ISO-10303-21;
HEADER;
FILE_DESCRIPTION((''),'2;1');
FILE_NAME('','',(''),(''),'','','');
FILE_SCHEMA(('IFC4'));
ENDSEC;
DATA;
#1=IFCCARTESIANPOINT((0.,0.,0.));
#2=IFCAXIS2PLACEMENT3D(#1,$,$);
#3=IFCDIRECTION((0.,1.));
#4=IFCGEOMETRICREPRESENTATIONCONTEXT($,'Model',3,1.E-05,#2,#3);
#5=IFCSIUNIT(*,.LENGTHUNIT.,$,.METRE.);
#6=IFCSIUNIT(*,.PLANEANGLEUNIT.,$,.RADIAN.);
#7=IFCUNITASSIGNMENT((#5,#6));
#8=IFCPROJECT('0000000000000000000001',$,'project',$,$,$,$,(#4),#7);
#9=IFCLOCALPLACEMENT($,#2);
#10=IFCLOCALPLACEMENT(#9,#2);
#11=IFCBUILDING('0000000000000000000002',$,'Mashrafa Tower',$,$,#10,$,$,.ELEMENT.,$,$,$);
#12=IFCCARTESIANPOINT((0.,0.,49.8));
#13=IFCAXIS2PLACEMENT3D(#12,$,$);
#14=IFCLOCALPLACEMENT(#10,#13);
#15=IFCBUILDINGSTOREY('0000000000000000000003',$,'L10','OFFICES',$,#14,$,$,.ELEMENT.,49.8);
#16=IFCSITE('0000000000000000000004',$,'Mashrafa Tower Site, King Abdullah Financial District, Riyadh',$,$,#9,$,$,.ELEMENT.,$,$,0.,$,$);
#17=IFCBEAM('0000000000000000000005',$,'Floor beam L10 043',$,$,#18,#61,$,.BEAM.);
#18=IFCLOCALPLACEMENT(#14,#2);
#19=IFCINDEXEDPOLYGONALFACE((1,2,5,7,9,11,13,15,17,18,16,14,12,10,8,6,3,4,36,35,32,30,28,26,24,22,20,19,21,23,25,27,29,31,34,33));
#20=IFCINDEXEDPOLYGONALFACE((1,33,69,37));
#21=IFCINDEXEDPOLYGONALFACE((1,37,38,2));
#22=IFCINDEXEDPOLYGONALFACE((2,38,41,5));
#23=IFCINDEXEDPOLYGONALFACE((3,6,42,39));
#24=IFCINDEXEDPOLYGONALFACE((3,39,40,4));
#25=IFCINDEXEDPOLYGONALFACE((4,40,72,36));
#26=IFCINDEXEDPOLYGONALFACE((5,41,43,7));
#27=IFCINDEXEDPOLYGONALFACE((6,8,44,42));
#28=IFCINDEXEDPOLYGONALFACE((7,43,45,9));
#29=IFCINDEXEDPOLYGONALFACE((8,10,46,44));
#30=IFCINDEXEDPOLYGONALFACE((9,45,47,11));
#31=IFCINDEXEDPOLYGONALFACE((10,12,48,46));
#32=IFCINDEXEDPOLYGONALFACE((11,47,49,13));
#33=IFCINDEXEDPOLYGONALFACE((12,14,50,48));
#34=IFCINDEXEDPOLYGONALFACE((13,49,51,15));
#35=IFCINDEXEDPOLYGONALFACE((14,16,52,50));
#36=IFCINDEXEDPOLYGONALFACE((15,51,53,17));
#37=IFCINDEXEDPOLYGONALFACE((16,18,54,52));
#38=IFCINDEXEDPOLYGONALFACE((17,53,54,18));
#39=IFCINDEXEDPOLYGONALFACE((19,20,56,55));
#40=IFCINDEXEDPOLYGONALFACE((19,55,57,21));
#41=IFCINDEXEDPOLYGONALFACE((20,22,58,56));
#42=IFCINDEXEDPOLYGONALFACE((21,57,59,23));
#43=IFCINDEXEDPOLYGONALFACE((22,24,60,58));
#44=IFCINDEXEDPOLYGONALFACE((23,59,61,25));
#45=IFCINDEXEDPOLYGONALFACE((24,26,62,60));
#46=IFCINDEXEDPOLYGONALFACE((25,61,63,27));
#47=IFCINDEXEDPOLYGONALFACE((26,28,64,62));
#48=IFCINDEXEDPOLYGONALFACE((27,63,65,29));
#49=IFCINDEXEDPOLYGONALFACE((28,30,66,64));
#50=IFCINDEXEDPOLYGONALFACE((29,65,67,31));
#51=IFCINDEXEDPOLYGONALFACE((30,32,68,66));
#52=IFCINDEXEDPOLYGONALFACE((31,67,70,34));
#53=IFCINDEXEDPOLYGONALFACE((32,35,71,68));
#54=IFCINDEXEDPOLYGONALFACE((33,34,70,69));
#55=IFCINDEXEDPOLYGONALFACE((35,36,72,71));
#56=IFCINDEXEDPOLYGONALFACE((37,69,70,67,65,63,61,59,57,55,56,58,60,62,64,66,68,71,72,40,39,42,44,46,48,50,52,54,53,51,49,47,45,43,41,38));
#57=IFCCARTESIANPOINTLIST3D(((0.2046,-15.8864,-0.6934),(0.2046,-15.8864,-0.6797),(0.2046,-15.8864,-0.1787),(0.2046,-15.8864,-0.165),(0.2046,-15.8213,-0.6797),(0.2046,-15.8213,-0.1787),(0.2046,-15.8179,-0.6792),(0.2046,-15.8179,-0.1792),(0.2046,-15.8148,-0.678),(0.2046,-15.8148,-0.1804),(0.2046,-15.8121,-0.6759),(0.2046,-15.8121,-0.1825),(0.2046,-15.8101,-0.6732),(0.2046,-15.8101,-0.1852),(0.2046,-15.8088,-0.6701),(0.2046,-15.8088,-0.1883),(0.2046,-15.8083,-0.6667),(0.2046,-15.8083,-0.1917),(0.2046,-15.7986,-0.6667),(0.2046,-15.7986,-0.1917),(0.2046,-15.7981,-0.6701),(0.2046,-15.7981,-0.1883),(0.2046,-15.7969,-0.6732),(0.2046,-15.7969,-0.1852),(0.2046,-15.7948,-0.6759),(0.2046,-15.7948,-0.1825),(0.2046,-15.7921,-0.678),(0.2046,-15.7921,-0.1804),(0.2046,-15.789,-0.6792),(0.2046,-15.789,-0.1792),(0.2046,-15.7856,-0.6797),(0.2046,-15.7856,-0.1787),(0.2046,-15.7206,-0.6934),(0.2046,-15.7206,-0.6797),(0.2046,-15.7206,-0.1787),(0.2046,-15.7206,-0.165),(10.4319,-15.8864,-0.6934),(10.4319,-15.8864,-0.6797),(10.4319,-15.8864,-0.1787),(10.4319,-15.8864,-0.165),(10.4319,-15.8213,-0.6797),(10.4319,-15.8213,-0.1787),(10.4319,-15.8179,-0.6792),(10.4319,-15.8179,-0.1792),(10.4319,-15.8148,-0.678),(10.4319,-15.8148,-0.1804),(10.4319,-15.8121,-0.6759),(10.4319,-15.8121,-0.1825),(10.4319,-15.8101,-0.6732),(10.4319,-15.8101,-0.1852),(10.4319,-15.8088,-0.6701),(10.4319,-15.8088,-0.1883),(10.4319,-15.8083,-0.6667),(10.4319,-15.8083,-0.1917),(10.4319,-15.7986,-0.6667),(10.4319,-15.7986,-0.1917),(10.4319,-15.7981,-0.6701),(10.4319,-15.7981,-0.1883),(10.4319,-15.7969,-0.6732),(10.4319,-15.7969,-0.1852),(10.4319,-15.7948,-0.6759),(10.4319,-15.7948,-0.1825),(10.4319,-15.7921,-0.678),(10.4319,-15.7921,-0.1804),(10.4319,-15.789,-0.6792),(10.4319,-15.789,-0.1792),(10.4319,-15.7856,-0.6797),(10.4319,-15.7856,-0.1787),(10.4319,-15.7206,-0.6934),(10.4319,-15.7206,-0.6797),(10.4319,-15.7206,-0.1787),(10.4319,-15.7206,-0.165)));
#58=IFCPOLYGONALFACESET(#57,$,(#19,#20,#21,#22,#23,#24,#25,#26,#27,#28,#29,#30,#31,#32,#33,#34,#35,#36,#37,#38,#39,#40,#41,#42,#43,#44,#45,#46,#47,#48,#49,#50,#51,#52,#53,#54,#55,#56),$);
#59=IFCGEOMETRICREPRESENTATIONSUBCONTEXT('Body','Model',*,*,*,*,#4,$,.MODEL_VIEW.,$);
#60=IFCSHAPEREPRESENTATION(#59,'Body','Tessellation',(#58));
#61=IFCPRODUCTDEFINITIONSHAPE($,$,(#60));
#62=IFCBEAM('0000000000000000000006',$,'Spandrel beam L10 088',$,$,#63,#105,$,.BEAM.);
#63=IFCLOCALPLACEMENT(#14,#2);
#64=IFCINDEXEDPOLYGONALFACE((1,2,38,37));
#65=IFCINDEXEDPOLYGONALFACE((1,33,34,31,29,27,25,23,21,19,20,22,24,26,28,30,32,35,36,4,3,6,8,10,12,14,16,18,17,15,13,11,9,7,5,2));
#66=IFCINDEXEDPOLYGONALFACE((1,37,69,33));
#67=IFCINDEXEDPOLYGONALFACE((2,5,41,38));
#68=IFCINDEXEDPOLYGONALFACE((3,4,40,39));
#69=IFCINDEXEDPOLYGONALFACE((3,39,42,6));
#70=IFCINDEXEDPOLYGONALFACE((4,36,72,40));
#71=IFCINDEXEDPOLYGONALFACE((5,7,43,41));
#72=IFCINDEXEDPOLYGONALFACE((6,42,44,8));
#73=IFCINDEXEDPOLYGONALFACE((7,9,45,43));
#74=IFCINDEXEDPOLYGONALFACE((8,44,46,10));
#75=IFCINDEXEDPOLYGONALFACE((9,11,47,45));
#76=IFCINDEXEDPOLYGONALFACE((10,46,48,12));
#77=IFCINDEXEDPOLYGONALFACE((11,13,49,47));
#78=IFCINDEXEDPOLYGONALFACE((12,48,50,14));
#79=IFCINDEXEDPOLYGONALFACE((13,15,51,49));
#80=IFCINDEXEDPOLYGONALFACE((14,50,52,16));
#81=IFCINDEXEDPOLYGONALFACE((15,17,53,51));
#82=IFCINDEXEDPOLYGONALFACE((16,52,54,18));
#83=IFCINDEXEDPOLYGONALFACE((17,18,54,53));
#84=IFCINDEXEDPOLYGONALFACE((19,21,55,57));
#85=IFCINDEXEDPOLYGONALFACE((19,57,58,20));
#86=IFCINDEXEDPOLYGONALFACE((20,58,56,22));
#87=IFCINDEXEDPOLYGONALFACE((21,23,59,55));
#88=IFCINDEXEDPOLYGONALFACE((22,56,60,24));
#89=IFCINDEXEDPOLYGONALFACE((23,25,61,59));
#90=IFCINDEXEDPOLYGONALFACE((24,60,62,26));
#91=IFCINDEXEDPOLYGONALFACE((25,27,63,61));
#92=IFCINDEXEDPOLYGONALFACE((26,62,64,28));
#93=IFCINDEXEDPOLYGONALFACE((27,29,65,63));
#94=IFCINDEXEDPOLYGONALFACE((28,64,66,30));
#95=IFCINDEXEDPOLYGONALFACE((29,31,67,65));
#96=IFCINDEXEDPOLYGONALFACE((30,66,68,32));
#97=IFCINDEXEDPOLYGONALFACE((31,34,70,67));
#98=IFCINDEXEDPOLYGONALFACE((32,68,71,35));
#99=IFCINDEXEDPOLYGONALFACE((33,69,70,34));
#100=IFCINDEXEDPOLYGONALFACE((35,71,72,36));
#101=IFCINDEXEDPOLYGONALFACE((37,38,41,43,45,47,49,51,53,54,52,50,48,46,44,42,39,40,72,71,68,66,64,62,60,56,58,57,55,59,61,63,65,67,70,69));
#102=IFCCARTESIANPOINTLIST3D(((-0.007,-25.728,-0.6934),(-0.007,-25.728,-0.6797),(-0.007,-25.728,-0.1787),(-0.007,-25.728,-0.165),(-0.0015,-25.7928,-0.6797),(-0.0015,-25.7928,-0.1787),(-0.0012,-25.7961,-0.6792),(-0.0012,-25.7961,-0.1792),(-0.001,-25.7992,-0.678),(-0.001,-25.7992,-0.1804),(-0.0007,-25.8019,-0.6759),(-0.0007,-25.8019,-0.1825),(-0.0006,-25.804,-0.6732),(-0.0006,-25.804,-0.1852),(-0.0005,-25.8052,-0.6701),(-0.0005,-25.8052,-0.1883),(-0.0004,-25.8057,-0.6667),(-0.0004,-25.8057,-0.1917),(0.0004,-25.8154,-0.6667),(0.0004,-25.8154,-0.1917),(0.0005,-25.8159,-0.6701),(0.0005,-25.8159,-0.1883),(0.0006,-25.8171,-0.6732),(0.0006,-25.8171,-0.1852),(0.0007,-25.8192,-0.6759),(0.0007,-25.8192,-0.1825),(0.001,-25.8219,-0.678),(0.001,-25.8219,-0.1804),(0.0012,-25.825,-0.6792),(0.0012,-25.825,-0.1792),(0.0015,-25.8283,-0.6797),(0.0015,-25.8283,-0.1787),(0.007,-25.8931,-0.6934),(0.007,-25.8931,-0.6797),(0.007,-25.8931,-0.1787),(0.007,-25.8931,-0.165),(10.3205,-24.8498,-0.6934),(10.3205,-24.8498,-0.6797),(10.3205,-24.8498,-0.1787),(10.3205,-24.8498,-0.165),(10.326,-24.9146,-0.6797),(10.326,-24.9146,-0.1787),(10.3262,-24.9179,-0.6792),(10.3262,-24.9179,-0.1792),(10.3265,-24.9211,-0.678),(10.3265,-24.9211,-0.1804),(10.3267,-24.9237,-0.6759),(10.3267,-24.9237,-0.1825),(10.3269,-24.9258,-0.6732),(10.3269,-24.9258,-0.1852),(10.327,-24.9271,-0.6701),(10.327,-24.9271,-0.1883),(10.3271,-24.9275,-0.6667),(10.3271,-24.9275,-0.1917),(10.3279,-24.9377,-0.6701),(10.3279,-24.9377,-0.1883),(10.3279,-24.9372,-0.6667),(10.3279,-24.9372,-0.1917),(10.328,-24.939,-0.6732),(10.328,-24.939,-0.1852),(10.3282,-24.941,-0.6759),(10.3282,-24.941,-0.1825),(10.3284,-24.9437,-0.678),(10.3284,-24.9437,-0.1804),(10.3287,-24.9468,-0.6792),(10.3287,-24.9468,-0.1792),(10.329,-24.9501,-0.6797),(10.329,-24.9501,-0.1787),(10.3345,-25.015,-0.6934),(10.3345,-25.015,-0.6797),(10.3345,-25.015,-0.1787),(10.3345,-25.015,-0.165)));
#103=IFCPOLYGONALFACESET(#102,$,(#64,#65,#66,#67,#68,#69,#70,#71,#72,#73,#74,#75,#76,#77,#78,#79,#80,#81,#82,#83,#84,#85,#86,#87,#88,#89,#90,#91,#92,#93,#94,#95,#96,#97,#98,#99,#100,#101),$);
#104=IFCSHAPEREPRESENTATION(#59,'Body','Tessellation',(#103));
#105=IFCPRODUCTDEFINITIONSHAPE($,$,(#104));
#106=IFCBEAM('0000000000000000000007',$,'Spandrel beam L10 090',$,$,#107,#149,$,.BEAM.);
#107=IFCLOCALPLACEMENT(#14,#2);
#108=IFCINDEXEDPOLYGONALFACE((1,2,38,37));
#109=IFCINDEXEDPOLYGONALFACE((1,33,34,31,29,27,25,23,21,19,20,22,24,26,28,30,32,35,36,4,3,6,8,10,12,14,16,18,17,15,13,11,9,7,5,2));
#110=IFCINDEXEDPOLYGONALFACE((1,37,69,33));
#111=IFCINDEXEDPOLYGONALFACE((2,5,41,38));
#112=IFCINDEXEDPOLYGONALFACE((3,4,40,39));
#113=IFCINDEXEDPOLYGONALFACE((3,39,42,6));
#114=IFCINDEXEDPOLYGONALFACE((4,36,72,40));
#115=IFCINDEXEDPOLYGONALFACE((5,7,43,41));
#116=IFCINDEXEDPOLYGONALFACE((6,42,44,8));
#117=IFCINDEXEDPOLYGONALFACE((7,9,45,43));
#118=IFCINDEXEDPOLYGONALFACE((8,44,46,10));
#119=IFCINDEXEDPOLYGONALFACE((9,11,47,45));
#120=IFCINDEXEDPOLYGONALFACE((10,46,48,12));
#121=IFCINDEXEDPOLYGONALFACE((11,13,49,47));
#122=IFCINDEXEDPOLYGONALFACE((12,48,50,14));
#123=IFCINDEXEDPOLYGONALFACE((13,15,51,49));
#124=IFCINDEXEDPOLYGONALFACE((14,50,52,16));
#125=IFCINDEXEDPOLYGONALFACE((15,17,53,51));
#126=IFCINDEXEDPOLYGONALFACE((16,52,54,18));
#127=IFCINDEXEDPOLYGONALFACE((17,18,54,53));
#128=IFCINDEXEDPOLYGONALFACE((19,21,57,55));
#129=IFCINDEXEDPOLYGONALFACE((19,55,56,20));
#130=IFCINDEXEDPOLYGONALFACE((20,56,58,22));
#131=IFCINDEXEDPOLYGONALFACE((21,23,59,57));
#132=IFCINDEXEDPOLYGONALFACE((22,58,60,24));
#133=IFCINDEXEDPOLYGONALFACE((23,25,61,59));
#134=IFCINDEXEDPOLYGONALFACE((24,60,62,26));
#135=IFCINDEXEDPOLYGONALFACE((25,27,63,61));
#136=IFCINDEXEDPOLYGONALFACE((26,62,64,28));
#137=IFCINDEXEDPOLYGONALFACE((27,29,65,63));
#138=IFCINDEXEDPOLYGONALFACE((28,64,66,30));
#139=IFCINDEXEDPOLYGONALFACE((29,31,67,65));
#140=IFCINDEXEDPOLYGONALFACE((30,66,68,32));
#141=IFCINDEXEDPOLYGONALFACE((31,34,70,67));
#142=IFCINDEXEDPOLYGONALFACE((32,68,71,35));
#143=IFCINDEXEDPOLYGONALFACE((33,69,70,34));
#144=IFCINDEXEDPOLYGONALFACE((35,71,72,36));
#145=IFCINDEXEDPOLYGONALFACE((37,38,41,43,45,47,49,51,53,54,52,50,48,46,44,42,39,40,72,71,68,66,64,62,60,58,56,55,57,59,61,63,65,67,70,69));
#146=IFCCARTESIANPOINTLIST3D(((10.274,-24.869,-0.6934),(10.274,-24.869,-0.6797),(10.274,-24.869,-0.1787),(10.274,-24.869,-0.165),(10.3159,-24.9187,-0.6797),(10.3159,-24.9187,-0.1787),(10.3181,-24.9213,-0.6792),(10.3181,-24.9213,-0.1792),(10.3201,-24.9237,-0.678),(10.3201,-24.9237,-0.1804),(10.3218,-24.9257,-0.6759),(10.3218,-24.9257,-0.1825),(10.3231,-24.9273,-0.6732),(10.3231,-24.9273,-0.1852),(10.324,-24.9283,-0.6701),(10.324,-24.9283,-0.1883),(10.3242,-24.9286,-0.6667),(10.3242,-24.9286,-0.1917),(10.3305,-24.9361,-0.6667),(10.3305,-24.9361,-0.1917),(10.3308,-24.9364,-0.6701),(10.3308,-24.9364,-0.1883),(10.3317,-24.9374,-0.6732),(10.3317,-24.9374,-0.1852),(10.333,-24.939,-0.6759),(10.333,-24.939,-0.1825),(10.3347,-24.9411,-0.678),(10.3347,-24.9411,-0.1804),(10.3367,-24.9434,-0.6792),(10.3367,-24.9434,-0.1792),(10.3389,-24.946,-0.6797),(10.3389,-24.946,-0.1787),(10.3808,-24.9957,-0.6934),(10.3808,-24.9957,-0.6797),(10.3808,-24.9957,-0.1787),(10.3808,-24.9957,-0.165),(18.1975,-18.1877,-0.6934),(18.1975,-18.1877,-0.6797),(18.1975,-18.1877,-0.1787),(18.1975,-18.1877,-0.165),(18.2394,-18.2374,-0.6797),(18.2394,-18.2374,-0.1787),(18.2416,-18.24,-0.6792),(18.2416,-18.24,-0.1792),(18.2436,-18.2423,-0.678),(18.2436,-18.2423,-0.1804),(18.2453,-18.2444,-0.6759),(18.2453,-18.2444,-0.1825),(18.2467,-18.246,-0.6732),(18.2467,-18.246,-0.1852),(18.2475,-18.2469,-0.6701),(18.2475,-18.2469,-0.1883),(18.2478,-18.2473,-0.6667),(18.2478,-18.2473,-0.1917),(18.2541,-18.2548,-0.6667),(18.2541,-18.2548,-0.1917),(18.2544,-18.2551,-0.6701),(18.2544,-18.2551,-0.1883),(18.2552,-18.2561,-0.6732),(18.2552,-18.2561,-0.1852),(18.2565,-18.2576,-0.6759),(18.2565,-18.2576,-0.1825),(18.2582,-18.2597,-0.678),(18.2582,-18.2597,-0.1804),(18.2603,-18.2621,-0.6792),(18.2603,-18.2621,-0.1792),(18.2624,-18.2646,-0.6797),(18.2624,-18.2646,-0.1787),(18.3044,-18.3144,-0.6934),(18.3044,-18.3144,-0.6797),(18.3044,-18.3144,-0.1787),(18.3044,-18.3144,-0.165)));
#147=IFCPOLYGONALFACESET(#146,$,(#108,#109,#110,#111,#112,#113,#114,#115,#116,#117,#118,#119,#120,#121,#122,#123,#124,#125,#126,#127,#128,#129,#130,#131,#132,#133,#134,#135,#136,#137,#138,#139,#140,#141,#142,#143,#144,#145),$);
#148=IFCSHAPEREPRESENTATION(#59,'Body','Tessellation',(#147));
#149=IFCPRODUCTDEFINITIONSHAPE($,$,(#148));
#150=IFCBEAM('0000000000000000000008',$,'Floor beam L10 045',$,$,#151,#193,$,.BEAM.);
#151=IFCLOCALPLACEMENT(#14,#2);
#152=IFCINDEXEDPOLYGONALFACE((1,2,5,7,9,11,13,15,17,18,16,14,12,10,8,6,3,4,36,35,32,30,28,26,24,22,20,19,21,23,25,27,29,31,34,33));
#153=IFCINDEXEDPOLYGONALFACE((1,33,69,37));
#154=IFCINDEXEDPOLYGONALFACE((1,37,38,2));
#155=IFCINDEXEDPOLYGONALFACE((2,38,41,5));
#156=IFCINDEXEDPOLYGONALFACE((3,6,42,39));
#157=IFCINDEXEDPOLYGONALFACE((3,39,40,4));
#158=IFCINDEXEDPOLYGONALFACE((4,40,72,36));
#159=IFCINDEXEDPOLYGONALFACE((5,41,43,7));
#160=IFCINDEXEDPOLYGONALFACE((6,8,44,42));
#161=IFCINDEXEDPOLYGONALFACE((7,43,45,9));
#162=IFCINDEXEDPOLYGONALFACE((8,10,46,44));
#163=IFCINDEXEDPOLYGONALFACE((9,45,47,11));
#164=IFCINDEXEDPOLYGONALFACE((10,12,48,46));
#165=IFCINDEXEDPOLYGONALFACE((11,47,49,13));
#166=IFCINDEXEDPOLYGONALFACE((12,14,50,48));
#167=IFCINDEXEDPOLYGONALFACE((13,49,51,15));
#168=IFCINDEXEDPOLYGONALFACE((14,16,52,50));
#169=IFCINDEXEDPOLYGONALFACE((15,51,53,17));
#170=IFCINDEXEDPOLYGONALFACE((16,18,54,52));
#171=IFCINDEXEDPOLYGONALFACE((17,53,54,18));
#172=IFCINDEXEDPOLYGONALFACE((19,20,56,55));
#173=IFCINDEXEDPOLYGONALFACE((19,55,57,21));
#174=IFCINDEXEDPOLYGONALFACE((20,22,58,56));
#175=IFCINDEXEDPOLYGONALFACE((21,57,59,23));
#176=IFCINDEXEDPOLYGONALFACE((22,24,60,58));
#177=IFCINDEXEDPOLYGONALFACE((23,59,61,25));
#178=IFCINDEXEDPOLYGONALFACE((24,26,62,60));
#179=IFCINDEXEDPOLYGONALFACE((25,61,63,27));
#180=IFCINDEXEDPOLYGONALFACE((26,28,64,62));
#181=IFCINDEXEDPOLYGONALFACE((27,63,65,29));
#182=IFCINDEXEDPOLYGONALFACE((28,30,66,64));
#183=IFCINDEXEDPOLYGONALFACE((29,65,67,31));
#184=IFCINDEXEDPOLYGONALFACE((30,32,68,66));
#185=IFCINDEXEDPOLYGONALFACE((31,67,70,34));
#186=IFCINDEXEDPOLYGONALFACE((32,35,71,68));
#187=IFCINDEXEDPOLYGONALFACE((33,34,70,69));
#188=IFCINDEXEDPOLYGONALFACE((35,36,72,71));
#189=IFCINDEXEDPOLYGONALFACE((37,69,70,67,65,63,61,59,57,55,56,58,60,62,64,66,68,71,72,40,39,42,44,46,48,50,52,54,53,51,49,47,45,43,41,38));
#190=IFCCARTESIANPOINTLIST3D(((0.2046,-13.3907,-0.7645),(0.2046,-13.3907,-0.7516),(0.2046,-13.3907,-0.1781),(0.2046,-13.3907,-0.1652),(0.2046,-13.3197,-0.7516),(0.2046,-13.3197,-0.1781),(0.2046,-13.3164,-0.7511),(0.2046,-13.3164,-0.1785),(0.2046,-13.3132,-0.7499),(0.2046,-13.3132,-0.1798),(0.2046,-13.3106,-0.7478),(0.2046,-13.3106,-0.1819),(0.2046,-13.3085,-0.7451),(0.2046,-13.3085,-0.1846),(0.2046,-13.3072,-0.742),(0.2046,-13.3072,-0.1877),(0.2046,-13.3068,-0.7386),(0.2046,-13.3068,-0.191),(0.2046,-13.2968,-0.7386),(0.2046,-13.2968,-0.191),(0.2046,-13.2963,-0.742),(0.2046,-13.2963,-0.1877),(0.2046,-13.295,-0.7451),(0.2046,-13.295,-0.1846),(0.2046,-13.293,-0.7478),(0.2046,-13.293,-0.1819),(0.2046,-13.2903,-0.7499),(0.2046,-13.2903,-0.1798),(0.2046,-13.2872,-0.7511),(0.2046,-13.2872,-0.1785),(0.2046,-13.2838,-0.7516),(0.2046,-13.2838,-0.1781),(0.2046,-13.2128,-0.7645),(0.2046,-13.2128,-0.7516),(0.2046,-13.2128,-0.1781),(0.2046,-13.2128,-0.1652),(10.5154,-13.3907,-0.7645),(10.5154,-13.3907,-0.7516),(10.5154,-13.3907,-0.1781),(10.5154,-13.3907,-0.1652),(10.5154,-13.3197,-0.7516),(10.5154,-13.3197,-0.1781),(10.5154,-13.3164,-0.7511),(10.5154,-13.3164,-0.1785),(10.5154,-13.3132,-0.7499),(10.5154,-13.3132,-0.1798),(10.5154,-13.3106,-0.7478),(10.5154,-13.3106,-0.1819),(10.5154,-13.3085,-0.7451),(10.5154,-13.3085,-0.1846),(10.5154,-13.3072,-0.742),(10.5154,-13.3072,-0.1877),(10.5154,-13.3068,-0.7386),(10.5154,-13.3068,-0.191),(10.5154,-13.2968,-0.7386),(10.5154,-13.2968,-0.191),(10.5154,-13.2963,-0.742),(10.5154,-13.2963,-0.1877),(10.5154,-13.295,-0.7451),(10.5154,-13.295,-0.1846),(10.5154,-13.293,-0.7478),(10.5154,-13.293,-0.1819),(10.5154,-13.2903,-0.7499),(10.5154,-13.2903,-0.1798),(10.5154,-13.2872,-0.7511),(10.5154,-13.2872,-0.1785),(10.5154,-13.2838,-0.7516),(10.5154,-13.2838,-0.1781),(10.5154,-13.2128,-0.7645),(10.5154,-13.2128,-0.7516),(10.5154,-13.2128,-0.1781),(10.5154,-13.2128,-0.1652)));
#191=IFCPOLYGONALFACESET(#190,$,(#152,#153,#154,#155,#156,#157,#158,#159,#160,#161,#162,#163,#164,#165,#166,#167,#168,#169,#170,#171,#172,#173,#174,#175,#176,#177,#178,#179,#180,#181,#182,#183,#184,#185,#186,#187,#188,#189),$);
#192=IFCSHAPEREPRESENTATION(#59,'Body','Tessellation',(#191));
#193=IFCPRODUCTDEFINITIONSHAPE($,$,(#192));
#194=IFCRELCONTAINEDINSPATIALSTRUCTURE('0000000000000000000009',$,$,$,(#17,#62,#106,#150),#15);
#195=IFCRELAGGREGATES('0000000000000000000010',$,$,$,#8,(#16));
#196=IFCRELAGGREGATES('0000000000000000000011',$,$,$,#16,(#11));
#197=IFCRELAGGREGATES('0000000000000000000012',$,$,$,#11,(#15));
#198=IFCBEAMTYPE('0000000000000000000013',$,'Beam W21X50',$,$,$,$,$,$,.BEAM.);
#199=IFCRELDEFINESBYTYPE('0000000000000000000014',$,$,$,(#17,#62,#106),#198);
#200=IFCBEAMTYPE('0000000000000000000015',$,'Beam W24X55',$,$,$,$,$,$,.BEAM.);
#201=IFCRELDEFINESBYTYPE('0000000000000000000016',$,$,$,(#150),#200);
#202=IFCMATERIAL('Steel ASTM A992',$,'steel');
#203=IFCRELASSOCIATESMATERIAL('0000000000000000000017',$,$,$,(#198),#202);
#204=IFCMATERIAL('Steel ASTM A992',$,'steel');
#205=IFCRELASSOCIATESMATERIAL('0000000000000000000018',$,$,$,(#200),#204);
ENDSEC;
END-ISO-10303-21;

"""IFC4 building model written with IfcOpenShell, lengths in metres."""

from ifc_helpers import new_model, si_unit, direction, frame, origin, origin_2d, place, context, subcontext, project, spatial, i_section, extrude, material, material_profile, profile_set, type_object, element, save


model = new_model("IFC4")

# Units and contexts
model_context = context("Model", 3, precision=1e-05, world=origin(), true_north=direction((0.0, 1.0)))
body_context = subcontext(model_context, "Body", "Model", "MODEL_VIEW")
ifc_project = project(units=[si_unit("LENGTHUNIT", "METRE"), si_unit("PLANEANGLEUNIT", "RADIAN")], contexts=[model_context])

# Site, building, storey
site_placement = place(None, origin())
site = spatial("IfcSite", under=ifc_project, at=site_placement, Name="Mashrafa Tower Site, King Abdullah Financial District, Riyadh", CompositionType="ELEMENT", RefElevation=0.0)
building_placement = place(site_placement, origin())
building = spatial("IfcBuilding", under=site, at=building_placement, Name="Mashrafa Tower", CompositionType="ELEMENT")
storey_placement = place(building_placement, frame((0.0, 0.0, 49.8)))
storey = spatial("IfcBuildingStorey", under=building, at=storey_placement, Name="L10", Description="OFFICES", CompositionType="ELEMENT", Elevation=49.8)

# Beams
ifc_material_1 = material(Name="Steel ASTM A992", Category="steel")
ifc_material_profile_1 = material_profile(ifc_material_1, i_section(OverallWidth=0.1658, OverallDepth=0.5283, WebThickness=0.0098, FlangeThickness=0.0137, FilletRadius=0.0129, at=origin_2d()), Name="W21X50")
ifc_profile_set_1 = profile_set([ifc_material_profile_1], Name="Steel ASTM A992")
beam_type_1 = type_object("IfcBeamType", Name="Beam W21X50", PredefinedType="BEAM", material=ifc_profile_set_1)
beam_1_placement = place(storey_placement, frame((10.4319, -15.8035, -0.4292), z_axis=(-1.0, 0.0, 0.0), x_axis=(0.0, -1.0, 0.0)))
element("IfcBeam", 1, at=beam_1_placement, inside=storey, type_object=beam_type_1, Name="Floor beam L10 043", PredefinedType="BEAM", context=body_context, shape_type="SweptSolid", body=[
    extrude(i_section(OverallWidth=0.1658, OverallDepth=0.5283, WebThickness=0.0098, FlangeThickness=0.0137, FilletRadius=0.0129, at=origin_2d()), origin(), (0.0, 0.0, 1.0), 10.2273),
])
beam_2_placement = place(storey_placement, frame((0.0, -25.8105, -0.4292), z_axis=(0.996404, 0.084728, 0.0), x_axis=(-0.084728, 0.996404, 0.0)))
element("IfcBeam", 2, at=beam_2_placement, inside=storey, type_object=beam_type_1, Name="Spandrel beam L10 088", PredefinedType="BEAM", context=body_context, shape_type="SweptSolid", body=[
    extrude(i_section(OverallWidth=0.1658, OverallDepth=0.5283, WebThickness=0.0098, FlangeThickness=0.0137, FilletRadius=0.0129, at=origin_2d()), origin(), (0.0, 0.0, 1.0), 10.3647),
])
beam_3_placement = place(storey_placement, frame((10.3274, -24.9324, -0.4292), z_axis=(0.764488, 0.644638, 0.0), x_axis=(-0.644638, 0.764488, 0.0)))
element("IfcBeam", 3, at=beam_3_placement, inside=storey, type_object=beam_type_1, Name="Spandrel beam L10 090", PredefinedType="BEAM", context=body_context, shape_type="SweptSolid", body=[
    extrude(i_section(OverallWidth=0.1658, OverallDepth=0.5283, WebThickness=0.0098, FlangeThickness=0.0137, FilletRadius=0.0129, at=origin_2d()), origin(), (0.0, 0.0, 1.0), 10.3645),
])
ifc_material_2 = material(Name="Steel ASTM A992", Category="steel")
ifc_material_profile_2 = material_profile(ifc_material_2, i_section(OverallWidth=0.178, OverallDepth=0.5994, WebThickness=0.01, FlangeThickness=0.0129, FilletRadius=0.0129, at=origin_2d()), Name="W24X55")
ifc_profile_set_2 = profile_set([ifc_material_profile_2], Name="Steel ASTM A992")
beam_type_2 = type_object("IfcBeamType", Name="Beam W24X55", PredefinedType="BEAM", material=ifc_profile_set_2)
beam_4_placement = place(storey_placement, frame((10.5154, -13.3018, -0.4648), z_axis=(-1.0, 0.0, 0.0), x_axis=(0.0, -1.0, 0.0)))
element("IfcBeam", 4, at=beam_4_placement, inside=storey, type_object=beam_type_2, Name="Floor beam L10 045", PredefinedType="BEAM", context=body_context, shape_type="SweptSolid", body=[
    extrude(i_section(OverallWidth=0.178, OverallDepth=0.5994, WebThickness=0.01, FlangeThickness=0.0129, FilletRadius=0.0129, at=origin_2d()), origin(), (0.0, 0.0, 1.0), 10.3108),
])

save(model, "model.ifc")
